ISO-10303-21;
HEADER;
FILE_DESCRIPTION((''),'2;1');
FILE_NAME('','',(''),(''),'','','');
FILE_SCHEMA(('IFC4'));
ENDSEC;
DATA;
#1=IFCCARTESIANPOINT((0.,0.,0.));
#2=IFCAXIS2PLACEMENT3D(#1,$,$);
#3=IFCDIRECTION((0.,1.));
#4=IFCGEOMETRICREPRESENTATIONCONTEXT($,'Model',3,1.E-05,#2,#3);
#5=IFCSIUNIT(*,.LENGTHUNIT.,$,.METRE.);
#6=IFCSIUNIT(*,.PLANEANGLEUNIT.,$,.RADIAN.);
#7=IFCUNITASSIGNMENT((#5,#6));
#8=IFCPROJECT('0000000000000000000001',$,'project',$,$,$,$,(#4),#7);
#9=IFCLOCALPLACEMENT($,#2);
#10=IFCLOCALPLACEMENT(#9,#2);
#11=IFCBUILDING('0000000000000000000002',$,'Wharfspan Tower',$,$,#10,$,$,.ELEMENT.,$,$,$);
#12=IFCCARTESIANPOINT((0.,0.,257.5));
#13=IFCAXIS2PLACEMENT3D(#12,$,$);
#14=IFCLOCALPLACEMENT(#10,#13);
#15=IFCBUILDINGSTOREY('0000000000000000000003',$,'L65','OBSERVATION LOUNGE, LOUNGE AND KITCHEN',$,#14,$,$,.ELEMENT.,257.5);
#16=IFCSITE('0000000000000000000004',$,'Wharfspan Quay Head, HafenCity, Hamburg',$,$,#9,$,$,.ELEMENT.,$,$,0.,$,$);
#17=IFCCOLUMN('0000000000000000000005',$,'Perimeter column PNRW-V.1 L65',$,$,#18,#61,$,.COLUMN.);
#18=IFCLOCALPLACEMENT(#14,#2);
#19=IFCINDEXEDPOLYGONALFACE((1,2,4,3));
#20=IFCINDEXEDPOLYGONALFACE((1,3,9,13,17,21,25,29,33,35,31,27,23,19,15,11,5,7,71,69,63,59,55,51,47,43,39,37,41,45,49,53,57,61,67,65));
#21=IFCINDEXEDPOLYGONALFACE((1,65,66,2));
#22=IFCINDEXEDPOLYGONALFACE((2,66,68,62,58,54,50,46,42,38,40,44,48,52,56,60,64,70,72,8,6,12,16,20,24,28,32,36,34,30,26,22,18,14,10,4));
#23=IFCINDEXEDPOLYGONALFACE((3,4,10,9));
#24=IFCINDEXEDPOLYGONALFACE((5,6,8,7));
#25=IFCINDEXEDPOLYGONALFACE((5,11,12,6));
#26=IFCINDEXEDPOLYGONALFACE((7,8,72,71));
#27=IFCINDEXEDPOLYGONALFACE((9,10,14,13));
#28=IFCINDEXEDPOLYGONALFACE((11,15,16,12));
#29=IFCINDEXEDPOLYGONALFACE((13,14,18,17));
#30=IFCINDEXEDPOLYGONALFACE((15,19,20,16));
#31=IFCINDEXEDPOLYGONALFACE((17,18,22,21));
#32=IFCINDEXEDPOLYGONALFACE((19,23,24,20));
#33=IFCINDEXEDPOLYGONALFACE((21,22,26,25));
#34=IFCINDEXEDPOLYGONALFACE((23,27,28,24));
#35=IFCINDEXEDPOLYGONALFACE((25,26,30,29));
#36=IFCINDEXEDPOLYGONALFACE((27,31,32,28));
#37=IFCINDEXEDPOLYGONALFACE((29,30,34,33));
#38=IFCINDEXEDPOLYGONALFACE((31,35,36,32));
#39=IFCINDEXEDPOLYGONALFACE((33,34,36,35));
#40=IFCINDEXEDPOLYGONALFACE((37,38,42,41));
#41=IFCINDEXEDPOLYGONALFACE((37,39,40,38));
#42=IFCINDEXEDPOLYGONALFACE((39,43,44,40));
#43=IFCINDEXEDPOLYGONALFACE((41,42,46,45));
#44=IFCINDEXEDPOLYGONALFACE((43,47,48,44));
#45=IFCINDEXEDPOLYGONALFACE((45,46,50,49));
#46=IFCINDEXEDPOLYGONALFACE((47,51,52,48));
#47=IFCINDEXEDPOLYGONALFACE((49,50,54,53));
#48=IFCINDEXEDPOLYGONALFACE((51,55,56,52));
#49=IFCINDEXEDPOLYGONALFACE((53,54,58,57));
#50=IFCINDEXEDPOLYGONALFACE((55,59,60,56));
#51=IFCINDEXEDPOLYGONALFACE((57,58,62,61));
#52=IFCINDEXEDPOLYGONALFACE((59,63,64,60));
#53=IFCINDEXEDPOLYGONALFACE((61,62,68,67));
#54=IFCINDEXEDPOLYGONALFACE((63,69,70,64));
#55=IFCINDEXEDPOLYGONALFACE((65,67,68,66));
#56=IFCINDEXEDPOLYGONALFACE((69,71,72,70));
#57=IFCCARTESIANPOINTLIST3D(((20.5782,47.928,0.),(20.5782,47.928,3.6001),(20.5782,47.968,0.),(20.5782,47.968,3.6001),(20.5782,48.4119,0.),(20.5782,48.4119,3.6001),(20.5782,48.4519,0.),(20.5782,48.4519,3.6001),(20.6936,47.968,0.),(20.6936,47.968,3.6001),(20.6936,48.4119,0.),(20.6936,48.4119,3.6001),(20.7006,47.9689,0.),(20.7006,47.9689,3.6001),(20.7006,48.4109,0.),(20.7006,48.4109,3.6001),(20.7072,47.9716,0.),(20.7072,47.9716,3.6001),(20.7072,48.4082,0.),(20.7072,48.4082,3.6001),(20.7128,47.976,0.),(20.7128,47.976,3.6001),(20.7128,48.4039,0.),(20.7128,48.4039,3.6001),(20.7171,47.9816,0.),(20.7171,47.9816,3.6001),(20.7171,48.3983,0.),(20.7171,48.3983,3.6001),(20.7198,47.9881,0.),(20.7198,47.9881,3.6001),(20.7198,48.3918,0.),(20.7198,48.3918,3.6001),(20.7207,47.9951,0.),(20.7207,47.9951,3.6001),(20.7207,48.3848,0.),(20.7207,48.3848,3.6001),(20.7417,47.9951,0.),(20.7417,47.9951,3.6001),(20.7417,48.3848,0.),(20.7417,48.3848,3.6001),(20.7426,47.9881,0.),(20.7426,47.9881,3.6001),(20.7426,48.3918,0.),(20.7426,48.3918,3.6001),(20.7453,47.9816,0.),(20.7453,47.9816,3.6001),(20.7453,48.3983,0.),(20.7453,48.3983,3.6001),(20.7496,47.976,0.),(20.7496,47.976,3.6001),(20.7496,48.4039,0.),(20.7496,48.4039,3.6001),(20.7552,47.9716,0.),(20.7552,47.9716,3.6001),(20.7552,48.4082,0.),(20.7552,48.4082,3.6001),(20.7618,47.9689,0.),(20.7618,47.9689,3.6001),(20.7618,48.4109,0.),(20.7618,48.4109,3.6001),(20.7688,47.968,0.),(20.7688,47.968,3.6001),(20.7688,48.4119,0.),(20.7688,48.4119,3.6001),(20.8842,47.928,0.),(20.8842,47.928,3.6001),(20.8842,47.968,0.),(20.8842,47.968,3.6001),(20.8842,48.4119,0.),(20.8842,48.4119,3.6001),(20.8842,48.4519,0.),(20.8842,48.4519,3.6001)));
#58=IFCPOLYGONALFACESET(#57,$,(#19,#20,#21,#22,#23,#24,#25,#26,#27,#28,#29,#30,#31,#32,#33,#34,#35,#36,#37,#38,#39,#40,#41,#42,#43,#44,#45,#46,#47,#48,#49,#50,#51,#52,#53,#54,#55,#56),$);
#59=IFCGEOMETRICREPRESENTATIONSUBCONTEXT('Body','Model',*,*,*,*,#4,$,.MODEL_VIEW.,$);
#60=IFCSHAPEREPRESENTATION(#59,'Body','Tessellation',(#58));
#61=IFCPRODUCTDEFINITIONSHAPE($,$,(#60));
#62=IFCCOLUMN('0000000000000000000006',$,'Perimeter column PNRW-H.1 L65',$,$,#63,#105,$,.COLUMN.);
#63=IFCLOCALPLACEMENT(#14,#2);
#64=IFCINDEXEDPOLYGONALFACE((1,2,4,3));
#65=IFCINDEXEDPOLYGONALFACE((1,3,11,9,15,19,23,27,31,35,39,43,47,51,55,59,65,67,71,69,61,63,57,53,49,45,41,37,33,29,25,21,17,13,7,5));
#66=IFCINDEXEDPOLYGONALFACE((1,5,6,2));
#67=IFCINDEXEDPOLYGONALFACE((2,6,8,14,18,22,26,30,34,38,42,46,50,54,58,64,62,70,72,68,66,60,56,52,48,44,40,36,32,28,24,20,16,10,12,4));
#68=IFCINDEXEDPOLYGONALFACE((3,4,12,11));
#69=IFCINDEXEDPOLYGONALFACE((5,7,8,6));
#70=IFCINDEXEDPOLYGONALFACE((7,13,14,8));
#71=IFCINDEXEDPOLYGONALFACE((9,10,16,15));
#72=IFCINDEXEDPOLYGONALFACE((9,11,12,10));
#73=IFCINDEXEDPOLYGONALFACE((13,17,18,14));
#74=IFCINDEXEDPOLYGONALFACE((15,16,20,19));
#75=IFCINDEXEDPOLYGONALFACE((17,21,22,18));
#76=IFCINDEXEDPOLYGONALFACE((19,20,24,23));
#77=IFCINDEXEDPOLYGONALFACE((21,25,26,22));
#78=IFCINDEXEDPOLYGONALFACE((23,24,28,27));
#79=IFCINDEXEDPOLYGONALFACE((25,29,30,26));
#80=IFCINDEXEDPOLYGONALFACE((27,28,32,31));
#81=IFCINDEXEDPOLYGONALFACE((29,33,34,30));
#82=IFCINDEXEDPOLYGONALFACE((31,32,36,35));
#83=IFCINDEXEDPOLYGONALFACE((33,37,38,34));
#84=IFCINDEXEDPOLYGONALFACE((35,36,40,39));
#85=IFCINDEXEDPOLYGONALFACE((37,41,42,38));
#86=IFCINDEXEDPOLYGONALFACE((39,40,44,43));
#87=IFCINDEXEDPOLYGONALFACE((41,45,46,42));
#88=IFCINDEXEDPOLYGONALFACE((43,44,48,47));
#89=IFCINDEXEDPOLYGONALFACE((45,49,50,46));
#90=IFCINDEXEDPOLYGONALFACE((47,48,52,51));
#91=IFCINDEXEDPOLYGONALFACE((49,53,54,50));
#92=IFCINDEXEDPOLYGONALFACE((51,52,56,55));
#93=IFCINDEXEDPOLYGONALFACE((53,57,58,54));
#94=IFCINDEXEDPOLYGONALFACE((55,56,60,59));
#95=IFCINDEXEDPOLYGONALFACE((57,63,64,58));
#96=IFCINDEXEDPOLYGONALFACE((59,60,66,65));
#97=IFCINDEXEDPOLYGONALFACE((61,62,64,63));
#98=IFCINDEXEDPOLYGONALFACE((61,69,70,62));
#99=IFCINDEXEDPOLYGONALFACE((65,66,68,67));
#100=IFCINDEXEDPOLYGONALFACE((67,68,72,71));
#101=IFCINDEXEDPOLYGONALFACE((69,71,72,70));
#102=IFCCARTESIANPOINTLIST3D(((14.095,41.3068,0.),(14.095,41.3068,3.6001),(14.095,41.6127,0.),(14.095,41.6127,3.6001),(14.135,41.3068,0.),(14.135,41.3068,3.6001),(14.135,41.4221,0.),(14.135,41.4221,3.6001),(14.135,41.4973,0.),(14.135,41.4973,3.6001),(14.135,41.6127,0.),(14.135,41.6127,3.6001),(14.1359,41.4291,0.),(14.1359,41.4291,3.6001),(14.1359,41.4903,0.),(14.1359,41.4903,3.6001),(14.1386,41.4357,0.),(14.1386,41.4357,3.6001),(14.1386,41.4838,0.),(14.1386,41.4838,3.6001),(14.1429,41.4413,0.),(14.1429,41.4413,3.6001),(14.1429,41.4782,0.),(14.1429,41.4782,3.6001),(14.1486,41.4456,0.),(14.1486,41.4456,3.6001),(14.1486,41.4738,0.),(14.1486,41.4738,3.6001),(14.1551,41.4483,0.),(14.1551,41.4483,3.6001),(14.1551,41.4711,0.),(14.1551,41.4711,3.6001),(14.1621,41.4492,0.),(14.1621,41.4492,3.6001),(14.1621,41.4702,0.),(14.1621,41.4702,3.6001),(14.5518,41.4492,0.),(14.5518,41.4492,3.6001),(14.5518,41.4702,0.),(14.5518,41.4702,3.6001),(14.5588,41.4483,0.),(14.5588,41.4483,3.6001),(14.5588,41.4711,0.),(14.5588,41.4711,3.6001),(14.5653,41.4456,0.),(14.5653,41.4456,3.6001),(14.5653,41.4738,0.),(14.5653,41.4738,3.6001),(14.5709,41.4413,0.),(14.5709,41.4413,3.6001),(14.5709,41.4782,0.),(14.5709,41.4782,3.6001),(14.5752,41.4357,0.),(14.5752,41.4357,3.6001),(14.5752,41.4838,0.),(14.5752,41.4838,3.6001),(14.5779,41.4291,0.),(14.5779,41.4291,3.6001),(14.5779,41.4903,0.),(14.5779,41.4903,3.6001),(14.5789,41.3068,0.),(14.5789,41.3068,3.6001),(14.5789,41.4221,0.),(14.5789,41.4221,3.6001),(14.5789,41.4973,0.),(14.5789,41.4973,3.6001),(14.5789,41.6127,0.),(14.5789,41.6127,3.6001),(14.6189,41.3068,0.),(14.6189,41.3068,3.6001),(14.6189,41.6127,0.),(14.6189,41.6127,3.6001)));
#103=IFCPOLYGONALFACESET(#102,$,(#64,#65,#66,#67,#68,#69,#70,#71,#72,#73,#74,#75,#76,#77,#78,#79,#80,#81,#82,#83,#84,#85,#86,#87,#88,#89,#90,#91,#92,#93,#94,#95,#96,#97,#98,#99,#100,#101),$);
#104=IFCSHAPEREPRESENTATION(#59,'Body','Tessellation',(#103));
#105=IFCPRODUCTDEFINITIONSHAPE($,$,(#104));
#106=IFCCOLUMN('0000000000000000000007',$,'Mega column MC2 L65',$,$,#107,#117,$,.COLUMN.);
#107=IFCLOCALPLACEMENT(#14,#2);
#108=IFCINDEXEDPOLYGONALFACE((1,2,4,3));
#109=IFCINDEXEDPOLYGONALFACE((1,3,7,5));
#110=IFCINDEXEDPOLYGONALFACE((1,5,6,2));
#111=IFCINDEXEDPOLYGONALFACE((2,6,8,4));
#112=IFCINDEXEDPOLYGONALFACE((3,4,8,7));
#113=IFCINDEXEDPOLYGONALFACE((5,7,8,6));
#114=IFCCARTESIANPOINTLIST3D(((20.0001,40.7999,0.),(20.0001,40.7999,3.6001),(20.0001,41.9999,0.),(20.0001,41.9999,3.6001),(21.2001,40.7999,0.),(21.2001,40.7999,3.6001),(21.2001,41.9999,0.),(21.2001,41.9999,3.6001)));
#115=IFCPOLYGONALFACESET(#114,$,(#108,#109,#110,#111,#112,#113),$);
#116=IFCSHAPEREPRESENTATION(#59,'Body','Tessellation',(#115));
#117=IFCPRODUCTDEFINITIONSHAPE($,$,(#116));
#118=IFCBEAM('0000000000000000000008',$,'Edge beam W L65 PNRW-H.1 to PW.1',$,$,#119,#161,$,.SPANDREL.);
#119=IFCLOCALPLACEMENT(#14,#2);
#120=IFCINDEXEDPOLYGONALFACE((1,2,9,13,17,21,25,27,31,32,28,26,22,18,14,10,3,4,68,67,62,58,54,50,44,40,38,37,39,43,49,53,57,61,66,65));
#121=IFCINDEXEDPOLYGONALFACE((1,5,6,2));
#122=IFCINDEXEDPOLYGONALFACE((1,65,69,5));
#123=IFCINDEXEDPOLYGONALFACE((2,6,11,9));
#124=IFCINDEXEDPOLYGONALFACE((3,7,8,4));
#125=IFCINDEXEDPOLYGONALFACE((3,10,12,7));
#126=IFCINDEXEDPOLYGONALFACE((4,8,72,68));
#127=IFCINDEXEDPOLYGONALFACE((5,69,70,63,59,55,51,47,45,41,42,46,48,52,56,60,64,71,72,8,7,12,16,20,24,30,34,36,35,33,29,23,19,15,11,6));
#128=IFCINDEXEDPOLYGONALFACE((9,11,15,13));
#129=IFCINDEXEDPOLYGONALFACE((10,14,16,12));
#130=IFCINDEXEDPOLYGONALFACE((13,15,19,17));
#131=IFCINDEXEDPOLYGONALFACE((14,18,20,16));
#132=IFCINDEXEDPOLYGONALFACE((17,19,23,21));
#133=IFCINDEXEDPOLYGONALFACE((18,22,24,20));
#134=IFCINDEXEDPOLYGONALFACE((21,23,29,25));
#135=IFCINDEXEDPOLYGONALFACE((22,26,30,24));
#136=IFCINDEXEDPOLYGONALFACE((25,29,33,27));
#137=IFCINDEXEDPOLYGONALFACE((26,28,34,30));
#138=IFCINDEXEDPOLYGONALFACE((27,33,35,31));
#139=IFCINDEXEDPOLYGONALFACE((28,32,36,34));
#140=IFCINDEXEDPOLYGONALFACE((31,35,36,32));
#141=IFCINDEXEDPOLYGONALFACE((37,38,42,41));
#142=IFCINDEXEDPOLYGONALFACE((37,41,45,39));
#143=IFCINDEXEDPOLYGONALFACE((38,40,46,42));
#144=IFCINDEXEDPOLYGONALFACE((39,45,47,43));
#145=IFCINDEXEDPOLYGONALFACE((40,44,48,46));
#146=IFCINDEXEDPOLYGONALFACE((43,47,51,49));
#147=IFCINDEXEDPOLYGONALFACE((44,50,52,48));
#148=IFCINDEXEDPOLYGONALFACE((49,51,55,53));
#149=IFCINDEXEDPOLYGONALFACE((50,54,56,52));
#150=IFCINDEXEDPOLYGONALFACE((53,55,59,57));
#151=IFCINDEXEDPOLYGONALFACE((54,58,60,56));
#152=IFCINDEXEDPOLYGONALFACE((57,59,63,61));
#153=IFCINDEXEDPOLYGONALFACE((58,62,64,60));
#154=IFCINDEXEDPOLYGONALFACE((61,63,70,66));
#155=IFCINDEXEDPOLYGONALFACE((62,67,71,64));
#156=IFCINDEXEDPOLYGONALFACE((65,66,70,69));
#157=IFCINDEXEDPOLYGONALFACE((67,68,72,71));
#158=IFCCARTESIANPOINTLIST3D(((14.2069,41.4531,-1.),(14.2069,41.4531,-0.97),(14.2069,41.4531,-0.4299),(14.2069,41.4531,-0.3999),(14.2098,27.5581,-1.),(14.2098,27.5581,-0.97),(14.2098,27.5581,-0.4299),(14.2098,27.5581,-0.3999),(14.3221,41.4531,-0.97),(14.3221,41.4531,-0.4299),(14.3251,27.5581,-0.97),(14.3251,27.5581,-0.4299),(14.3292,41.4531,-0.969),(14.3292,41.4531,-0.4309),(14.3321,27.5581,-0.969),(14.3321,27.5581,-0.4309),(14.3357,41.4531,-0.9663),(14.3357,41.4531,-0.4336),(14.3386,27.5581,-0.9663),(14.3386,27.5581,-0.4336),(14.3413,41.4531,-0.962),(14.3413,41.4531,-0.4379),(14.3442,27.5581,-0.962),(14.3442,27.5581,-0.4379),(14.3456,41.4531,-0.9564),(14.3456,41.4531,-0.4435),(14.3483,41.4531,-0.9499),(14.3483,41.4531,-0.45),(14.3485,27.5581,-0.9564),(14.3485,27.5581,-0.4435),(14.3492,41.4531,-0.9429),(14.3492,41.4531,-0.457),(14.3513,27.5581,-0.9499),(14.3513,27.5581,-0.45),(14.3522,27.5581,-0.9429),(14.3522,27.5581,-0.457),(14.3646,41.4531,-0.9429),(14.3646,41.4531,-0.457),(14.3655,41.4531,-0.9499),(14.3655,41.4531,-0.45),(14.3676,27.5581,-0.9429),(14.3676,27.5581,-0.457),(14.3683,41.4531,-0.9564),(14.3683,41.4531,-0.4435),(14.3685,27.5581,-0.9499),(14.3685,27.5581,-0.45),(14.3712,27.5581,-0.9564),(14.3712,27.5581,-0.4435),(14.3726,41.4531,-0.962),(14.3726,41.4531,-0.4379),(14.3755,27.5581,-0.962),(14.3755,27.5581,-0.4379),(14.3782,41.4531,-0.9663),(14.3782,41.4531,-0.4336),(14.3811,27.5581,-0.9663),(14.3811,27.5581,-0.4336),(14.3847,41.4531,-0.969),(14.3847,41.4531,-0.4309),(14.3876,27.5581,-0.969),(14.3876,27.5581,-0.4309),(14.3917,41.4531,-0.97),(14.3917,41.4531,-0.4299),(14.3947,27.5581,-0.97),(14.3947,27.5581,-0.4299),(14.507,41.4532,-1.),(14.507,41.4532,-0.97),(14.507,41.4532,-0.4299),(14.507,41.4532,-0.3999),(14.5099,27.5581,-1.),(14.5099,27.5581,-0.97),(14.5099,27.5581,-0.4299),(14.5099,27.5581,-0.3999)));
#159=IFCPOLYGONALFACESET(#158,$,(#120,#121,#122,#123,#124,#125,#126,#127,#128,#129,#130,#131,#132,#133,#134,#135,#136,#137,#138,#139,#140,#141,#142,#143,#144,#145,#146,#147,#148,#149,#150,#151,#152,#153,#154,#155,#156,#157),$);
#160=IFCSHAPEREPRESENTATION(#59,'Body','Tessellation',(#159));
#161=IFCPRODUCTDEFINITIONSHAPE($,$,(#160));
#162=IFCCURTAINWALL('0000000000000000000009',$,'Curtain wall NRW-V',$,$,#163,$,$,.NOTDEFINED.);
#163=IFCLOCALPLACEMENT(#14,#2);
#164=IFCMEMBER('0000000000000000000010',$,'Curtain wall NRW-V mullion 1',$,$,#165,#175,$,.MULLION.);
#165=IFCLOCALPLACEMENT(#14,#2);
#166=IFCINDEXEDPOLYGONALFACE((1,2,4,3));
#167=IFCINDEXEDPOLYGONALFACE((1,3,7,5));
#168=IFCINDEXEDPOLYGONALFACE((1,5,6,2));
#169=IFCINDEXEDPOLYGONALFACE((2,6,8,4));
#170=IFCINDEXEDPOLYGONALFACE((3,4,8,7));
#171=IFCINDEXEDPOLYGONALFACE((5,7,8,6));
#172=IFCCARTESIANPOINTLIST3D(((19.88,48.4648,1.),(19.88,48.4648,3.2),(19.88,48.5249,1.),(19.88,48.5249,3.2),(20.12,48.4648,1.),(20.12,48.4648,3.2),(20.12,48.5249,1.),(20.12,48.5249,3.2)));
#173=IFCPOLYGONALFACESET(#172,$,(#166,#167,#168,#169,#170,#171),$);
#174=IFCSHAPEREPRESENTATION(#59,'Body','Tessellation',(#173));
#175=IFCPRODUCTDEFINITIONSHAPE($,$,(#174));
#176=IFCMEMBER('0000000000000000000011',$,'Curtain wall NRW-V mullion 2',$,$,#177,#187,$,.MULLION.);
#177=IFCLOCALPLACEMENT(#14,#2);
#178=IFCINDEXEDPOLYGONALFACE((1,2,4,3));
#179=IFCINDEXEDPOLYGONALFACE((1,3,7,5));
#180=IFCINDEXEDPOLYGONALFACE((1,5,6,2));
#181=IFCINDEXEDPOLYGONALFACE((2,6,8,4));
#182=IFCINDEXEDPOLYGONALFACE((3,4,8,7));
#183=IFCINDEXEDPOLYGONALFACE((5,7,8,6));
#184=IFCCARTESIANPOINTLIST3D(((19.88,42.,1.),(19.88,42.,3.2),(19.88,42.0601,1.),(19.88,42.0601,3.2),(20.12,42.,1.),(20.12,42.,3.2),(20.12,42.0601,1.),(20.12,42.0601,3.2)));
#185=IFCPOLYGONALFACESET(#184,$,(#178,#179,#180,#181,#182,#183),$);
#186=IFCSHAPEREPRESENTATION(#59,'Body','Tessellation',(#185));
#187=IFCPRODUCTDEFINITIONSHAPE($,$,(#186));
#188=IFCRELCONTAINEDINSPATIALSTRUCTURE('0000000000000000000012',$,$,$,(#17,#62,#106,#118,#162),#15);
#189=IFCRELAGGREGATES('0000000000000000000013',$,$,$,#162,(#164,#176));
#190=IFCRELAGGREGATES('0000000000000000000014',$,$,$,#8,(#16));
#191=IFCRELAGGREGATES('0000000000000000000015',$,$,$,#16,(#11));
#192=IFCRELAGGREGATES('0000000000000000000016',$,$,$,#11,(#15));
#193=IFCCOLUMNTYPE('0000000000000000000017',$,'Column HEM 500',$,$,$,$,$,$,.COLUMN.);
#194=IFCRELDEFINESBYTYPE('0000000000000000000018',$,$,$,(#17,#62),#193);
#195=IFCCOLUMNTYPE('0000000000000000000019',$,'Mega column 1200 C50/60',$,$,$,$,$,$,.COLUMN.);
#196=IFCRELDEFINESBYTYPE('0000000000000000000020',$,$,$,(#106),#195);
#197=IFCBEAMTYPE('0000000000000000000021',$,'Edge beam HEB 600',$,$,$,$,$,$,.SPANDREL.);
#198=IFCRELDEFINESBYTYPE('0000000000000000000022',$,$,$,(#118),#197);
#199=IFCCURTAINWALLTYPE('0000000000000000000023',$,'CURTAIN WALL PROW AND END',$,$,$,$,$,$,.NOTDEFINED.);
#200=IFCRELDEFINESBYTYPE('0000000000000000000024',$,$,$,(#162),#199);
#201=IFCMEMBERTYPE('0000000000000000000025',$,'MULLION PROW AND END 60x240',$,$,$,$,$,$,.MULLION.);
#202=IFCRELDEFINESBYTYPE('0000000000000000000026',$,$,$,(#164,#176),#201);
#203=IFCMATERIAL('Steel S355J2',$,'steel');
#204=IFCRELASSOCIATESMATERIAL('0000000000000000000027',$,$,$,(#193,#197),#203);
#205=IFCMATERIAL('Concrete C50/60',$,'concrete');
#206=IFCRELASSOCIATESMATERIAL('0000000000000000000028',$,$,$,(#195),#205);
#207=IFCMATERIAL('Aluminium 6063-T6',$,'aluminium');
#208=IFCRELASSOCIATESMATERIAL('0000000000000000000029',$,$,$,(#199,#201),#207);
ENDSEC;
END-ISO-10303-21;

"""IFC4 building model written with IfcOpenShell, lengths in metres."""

from ifc_helpers import new_model, si_unit, direction, frame, origin, origin_2d, place, context, subcontext, project, spatial, rectangle, i_section, extrude, material, material_profile, profile_set, type_object, element, aggregate, save


model = new_model("IFC4")

# Units and contexts
model_context = context("Model", 3, precision=1e-05, world=origin(), true_north=direction((0.0, 1.0)))
body_context = subcontext(model_context, "Body", "Model", "MODEL_VIEW")
ifc_project = project(units=[si_unit("LENGTHUNIT", "METRE"), si_unit("PLANEANGLEUNIT", "RADIAN")], contexts=[model_context])

# Site, building, storey
site_placement = place(None, origin())
site = spatial("IfcSite", under=ifc_project, at=site_placement, Name="Wharfspan Quay Head, HafenCity, Hamburg", CompositionType="ELEMENT", RefElevation=0.0)
building_placement = place(site_placement, origin())
building = spatial("IfcBuilding", under=site, at=building_placement, Name="Wharfspan Tower", CompositionType="ELEMENT")
storey_placement = place(building_placement, frame((0.0, 0.0, 257.5)))
storey = spatial("IfcBuildingStorey", under=building, at=storey_placement, Name="L65", Description="OBSERVATION LOUNGE, LOUNGE AND KITCHEN", CompositionType="ELEMENT", Elevation=257.5)

# Columns
ifc_material_1 = material(Name="Steel S355J2", Category="steel")
ifc_material_profile_1 = material_profile(ifc_material_1, i_section(OverallWidth=0.3059, OverallDepth=0.5239, WebThickness=0.021, FlangeThickness=0.04, FilletRadius=0.0271, at=origin_2d()))
ifc_profile_set_1 = profile_set([ifc_material_profile_1], Name="Steel S355J2")
column_type_1 = type_object("IfcColumnType", Name="Column HEM 500", PredefinedType="COLUMN", material=ifc_profile_set_1)
for number, where, z_axis, x_axis, name in (
    (1, (20.7312, 48.1899, 0.0), (0.0, 0.0, 1.0), (-1.0, 0.0, 0.0), "Perimeter column PNRW-V.1 L65"),
    (2, (14.3569, 41.4597, 0.0), (0.0, 0.0, 1.0), (0.0, 1.0, 0.0), "Perimeter column PNRW-H.1 L65"),
):
    element("IfcColumn", number, at=place(storey_placement, frame(where, z_axis=z_axis, x_axis=x_axis)), inside=storey, type_object=column_type_1, Name=name, PredefinedType="COLUMN", context=body_context, shape_type="SweptSolid", body=[
        extrude(i_section(OverallWidth=0.3059, OverallDepth=0.5239, WebThickness=0.021, FlangeThickness=0.04, FilletRadius=0.0271, at=origin_2d()), origin(), (0.0, 0.0, 1.0), 3.6001),
    ])
ifc_material_2 = material(Name="Concrete C50/60", Category="concrete")
ifc_material_profile_2 = material_profile(ifc_material_2, rectangle(XDim=1.2, YDim=1.2, at=origin_2d()))
ifc_profile_set_2 = profile_set([ifc_material_profile_2], Name="Concrete C50/60")
column_type_2 = type_object("IfcColumnType", Name="Mega column 1200 C50/60", PredefinedType="COLUMN", material=ifc_profile_set_2)
column_placement = place(storey_placement, frame((20.6001, 41.3999, 0.0), z_axis=(0.0, 0.0, 1.0), x_axis=(1.0, 0.0, 0.0)))
element("IfcColumn", 3, at=column_placement, inside=storey, type_object=column_type_2, Name="Mega column MC2 L65", PredefinedType="COLUMN", context=body_context, shape_type="SweptSolid", body=[
    extrude(rectangle(XDim=1.2, YDim=1.2, at=origin_2d()), origin(), (0.0, 0.0, 1.0), 3.6001),
])

# Beam
ifc_material_profile_3 = material_profile(ifc_material_1, i_section(OverallWidth=0.3, OverallDepth=0.6001, WebThickness=0.0154, FlangeThickness=0.03, FilletRadius=0.0271, at=origin_2d()))
ifc_profile_set_3 = profile_set([ifc_material_profile_3], Name="Steel S355J2")
beam_type_1 = type_object("IfcBeamType", Name="Edge beam HEB 600", PredefinedType="SPANDREL", material=ifc_profile_set_3)
beam_1_placement = place(storey_placement, frame((14.3569, 41.4531, -0.7), z_axis=(0.000211, -1.0, 0.0), x_axis=(1.0, 0.000211, 0.0)))
element("IfcBeam", 4, at=beam_1_placement, inside=storey, type_object=beam_type_1, Name="Edge beam W L65 PNRW-H.1 to PW.1", PredefinedType="SPANDREL", context=body_context, shape_type="SweptSolid", body=[
    extrude(i_section(OverallWidth=0.3, OverallDepth=0.6001, WebThickness=0.0154, FlangeThickness=0.03, FilletRadius=0.0271, at=origin_2d()), origin(), (0.0, 0.0, 1.0), 13.895),
])

# Curtain wall, members
ifc_material_3 = material(Name="Aluminium 6063-T6", Category="aluminium")
curtain_wall_type = type_object("IfcCurtainWallType", Name="CURTAIN WALL PROW AND END", PredefinedType="NOTDEFINED", material=ifc_material_3)
curtain_wall_1_placement = place(storey_placement, origin())
curtain_wall_1 = element("IfcCurtainWall", 5, at=curtain_wall_1_placement, inside=storey, type_object=curtain_wall_type, Name="Curtain wall NRW-V", PredefinedType="NOTDEFINED")
ifc_material_profile_4 = material_profile(ifc_material_3, rectangle(XDim=0.24, YDim=0.0601, at=origin_2d()))
ifc_profile_set_4 = profile_set([ifc_material_profile_4], Name="Aluminium 6063-T6")
member_type_1 = type_object("IfcMemberType", Name="MULLION PROW AND END 60x240", PredefinedType="MULLION", material=ifc_profile_set_4)
member_1_placement = place(storey_placement, frame((20.0, 48.4949, 1.0), z_axis=(0.0, 0.0, 1.0), x_axis=(1.0, 0.0, 0.0)))
member_1 = element("IfcMember", 6, at=member_1_placement, type_object=member_type_1, Name="Curtain wall NRW-V mullion 1", PredefinedType="MULLION", context=body_context, shape_type="SweptSolid", body=[
    extrude(rectangle(XDim=0.24, YDim=0.0601, at=origin_2d()), origin(), (0.0, 0.0, 1.0), 2.2),
])
member_2_placement = place(storey_placement, frame((20.0, 42.03, 1.0), z_axis=(0.0, 0.0, 1.0), x_axis=(1.0, 0.0, 0.0)))
member_2 = element("IfcMember", 7, at=member_2_placement, type_object=member_type_1, Name="Curtain wall NRW-V mullion 2", PredefinedType="MULLION", context=body_context, shape_type="SweptSolid", body=[
    extrude(rectangle(XDim=0.24, YDim=0.0601, at=origin_2d()), origin(), (0.0, 0.0, 1.0), 2.2),
])

aggregate(curtain_wall_1, [member_1, member_2])

save(model, "model.ifc")
